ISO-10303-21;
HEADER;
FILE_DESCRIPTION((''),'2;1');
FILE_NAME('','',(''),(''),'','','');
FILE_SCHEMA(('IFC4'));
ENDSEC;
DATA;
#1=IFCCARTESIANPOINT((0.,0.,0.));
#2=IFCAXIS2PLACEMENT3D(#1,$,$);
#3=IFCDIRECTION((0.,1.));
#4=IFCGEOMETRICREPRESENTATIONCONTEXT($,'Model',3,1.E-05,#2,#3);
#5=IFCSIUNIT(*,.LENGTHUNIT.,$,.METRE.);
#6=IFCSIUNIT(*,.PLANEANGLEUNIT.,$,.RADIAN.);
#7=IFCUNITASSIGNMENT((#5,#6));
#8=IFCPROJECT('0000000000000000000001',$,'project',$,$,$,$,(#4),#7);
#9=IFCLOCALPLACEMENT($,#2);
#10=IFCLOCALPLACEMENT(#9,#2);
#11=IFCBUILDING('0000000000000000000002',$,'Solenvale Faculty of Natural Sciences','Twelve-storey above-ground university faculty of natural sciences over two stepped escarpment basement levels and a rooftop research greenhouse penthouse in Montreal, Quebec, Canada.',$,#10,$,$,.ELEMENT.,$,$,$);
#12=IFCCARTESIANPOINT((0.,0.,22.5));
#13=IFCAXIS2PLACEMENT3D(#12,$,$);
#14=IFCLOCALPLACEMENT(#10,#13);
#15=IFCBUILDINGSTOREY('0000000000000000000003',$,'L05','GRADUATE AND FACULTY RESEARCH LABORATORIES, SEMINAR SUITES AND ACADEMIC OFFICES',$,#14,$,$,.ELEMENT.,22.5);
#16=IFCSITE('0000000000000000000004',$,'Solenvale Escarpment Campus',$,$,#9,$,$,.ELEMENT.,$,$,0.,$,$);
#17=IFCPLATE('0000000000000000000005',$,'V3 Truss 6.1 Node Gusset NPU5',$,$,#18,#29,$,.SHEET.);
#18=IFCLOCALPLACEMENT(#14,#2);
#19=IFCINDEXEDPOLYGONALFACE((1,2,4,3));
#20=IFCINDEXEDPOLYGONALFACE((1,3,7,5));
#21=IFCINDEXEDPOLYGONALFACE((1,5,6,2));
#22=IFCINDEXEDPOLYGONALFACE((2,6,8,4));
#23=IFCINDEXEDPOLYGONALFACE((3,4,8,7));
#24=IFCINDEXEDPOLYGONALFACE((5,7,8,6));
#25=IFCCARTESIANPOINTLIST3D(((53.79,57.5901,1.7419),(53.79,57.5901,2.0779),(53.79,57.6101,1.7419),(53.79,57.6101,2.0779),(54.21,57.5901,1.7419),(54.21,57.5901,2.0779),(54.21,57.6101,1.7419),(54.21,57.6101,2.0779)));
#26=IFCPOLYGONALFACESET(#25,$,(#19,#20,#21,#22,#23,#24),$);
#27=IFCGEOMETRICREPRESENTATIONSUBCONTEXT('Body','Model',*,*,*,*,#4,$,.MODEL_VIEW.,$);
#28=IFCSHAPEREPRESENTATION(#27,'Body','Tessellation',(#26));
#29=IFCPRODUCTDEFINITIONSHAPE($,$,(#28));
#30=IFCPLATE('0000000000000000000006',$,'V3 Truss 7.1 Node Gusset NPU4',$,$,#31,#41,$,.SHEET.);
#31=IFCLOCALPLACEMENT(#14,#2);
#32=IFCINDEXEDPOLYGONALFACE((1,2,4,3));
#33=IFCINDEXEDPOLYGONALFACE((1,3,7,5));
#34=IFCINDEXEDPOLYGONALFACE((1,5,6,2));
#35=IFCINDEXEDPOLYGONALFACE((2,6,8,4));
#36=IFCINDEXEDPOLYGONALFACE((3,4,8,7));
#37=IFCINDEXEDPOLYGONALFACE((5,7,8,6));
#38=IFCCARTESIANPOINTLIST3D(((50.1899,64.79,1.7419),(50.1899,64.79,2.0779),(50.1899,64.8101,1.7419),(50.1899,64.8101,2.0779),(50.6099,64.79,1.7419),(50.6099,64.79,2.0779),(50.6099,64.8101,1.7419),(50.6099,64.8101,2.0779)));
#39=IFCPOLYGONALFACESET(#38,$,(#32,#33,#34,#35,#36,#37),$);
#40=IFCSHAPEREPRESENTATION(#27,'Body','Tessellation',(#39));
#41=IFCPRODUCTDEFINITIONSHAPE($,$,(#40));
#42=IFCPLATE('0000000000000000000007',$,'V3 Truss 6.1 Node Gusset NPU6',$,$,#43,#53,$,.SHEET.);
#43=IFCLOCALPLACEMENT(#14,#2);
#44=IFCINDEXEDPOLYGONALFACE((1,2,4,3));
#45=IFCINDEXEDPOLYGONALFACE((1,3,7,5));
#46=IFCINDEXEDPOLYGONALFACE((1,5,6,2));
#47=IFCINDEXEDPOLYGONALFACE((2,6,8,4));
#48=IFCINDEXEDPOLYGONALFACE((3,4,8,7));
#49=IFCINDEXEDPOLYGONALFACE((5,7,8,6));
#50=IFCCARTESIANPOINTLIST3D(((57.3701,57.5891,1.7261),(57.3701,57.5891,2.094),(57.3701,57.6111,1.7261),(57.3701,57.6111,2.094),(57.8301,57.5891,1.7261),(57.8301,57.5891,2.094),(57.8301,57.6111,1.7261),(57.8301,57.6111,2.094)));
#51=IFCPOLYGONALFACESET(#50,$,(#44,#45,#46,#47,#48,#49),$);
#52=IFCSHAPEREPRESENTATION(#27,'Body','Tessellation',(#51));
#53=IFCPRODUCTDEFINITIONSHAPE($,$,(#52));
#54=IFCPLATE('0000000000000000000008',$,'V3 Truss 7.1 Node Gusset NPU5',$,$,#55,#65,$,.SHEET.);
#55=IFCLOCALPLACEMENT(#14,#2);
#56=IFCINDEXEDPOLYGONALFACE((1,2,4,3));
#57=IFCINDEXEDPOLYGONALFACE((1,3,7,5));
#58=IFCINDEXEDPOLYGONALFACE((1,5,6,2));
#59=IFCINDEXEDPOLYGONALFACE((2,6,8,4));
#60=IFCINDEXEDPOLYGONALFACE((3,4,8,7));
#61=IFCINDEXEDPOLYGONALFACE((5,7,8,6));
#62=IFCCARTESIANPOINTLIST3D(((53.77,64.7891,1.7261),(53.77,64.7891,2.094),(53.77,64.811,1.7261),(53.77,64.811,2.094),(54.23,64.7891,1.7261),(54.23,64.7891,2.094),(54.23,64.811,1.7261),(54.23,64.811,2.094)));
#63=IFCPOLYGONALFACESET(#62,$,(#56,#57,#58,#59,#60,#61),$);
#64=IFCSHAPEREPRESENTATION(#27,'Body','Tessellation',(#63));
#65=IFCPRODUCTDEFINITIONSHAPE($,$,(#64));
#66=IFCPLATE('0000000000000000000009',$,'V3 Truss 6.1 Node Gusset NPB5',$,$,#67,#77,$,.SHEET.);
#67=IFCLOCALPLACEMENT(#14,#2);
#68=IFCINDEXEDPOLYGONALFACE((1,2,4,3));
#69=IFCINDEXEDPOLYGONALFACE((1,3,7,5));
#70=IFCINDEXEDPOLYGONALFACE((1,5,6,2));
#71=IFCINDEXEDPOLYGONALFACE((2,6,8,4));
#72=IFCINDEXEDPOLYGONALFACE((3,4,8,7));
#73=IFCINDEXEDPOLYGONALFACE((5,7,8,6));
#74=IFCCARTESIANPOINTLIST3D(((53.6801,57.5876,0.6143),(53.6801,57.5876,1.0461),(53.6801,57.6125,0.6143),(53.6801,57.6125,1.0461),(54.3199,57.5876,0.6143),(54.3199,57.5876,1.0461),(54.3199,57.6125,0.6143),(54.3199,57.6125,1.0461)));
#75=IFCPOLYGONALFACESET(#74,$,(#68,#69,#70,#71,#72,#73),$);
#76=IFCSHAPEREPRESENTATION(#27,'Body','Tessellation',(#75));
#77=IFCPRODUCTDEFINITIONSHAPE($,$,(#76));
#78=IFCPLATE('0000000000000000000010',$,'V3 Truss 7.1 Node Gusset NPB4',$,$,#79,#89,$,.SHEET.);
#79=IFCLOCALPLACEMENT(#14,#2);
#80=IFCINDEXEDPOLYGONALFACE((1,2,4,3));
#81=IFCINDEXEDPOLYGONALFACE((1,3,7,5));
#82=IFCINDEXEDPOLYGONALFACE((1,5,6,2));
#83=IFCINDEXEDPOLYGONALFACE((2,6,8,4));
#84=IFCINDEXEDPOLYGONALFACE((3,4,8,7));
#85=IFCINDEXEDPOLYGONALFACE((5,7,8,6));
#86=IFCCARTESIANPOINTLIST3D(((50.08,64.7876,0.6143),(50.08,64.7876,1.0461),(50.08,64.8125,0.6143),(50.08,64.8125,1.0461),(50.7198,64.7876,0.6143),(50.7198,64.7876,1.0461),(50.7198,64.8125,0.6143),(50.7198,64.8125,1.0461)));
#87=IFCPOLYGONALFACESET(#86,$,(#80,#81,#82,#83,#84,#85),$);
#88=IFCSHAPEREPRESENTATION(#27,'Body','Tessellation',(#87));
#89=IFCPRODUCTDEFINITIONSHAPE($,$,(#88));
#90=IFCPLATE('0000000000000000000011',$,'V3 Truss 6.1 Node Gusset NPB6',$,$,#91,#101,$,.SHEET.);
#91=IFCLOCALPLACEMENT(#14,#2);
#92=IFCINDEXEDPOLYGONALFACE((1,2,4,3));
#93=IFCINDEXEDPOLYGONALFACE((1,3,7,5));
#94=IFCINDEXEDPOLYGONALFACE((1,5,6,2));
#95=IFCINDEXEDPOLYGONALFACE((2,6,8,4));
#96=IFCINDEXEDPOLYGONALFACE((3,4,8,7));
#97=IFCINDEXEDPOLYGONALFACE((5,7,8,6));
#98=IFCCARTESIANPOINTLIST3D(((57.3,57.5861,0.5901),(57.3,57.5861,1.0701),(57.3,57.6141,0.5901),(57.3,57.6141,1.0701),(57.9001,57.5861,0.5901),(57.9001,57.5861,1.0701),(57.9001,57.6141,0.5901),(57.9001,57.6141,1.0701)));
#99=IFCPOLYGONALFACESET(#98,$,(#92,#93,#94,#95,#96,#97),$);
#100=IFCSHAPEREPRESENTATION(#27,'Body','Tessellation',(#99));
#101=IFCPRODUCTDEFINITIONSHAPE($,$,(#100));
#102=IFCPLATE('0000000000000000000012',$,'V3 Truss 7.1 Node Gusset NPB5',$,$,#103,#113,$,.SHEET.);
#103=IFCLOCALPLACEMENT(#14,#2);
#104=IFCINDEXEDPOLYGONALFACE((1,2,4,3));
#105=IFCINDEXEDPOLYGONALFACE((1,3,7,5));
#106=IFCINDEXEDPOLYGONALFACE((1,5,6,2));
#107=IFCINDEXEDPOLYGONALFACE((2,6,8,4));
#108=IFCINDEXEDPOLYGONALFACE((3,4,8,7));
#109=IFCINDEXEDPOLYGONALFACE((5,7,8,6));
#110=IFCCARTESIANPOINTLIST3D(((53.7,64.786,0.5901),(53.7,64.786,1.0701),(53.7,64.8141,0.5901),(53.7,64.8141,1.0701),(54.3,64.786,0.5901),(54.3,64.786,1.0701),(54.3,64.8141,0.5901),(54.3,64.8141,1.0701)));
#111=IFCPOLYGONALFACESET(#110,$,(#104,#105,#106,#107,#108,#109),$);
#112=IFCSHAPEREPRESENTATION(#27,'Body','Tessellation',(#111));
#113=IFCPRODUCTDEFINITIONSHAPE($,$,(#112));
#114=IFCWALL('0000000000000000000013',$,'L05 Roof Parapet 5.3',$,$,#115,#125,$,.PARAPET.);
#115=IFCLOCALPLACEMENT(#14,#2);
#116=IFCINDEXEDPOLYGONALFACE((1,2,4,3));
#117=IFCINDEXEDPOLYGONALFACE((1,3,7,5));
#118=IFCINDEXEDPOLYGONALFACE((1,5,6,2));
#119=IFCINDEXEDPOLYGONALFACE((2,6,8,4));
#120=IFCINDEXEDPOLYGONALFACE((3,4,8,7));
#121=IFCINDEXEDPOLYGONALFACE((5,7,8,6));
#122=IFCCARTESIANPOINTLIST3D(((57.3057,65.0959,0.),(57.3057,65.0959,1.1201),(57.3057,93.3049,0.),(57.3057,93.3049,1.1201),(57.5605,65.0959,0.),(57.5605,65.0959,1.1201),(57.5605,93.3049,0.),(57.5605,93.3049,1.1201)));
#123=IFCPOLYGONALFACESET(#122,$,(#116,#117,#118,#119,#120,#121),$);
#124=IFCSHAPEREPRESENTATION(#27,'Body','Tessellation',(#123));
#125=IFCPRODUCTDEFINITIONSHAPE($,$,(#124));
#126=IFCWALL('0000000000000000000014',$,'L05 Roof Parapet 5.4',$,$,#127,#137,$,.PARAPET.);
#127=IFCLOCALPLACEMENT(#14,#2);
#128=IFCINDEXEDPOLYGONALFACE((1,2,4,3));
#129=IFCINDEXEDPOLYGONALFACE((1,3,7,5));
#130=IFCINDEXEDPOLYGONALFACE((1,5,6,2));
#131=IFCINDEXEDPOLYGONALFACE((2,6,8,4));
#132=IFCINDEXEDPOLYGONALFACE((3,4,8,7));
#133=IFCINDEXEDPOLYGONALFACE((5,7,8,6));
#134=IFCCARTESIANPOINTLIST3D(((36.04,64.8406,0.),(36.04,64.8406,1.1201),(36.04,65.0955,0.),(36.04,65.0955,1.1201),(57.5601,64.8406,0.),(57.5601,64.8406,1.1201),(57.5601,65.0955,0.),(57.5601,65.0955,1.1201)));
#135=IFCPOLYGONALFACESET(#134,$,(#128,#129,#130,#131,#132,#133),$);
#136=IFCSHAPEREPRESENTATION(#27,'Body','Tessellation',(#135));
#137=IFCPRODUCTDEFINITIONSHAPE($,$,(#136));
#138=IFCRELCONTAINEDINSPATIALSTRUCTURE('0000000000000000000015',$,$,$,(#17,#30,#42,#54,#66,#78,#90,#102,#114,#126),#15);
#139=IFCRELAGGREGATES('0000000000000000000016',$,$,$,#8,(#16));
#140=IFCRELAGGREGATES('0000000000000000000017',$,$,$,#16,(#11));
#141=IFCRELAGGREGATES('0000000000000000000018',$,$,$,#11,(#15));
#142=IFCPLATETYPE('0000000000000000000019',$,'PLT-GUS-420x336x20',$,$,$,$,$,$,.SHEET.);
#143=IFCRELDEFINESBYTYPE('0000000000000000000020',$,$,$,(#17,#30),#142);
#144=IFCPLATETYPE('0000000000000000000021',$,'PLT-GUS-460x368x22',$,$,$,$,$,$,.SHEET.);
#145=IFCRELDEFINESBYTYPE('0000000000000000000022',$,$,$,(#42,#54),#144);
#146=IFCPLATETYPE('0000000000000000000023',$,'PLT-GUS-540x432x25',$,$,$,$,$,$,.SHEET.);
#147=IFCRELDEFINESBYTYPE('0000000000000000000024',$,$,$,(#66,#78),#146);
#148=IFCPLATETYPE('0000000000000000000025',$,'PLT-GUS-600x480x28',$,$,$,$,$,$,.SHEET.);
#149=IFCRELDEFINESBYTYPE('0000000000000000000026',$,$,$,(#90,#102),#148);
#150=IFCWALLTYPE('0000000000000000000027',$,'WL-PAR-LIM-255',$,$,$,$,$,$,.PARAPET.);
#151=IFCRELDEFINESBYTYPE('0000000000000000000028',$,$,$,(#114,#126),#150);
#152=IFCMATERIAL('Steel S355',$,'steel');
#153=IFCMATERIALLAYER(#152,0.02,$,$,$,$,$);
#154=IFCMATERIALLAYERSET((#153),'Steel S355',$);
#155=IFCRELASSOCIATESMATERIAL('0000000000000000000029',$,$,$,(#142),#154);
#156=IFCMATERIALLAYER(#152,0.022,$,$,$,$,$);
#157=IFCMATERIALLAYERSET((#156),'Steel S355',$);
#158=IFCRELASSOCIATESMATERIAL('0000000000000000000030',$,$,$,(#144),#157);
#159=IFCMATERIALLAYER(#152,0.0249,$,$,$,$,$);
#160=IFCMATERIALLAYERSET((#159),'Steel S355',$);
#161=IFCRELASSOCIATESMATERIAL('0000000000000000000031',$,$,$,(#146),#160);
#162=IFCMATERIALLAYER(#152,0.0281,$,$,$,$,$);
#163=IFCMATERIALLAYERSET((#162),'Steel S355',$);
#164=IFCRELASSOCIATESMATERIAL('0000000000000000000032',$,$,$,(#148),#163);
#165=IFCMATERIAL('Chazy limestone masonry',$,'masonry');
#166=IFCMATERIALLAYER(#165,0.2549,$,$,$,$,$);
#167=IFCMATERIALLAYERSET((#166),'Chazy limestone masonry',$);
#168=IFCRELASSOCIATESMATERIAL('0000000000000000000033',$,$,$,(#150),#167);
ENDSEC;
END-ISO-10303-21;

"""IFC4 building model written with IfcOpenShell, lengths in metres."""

from ifc_helpers import new_model, si_unit, direction, frame, frame_2d, origin, origin_2d, place, context, subcontext, project, spatial, rectangle, extrude, material, layer, layer_set, type_object, element, save


model = new_model("IFC4")

# Units and contexts
model_context = context("Model", 3, precision=1e-05, world=origin(), true_north=direction((0.0, 1.0)))
body_context = subcontext(model_context, "Body", "Model", "MODEL_VIEW")
ifc_project = project(units=[si_unit("LENGTHUNIT", "METRE"), si_unit("PLANEANGLEUNIT", "RADIAN")], contexts=[model_context])

# Site, building, storey
site_placement = place(None, origin())
site = spatial("IfcSite", under=ifc_project, at=site_placement, Name="Solenvale Escarpment Campus", CompositionType="ELEMENT", RefElevation=0.0)
building_placement = place(site_placement, origin())
building = spatial("IfcBuilding", under=site, at=building_placement, Name="Solenvale Faculty of Natural Sciences", Description="Twelve-storey above-ground university faculty of natural sciences over two stepped escarpment basement levels and a rooftop research greenhouse penthouse in Montreal, Quebec, Canada.", CompositionType="ELEMENT")
storey_placement = place(building_placement, frame((0.0, 0.0, 22.5)))
storey = spatial("IfcBuildingStorey", under=building, at=storey_placement, Name="L05", Description="GRADUATE AND FACULTY RESEARCH LABORATORIES, SEMINAR SUITES AND ACADEMIC OFFICES", CompositionType="ELEMENT", Elevation=22.5)

# Shared definitions
ifc_material_1 = material(Name="Steel S355", Category="steel")

# Plates
ifc_layer_1 = layer(ifc_material_1, 0.02)
ifc_layer_set_1 = layer_set([ifc_layer_1], Name="Steel S355")
plate_type_1 = type_object("IfcPlateType", Name="PLT-GUS-420x336x20", PredefinedType="SHEET", material=ifc_layer_set_1)
for number, where, z_axis, x_axis, name in (
    (1, (54.0, 57.6001, 1.7419), (0.0, 0.0, 1.0), (1.0, 0.0, 0.0), "V3 Truss 6.1 Node Gusset NPU5"),
    (2, (50.3999, 64.8, 1.7419), (0.0, 0.0, 1.0), (1.0, 0.0, 0.0), "V3 Truss 7.1 Node Gusset NPU4"),
):
    element("IfcPlate", number, at=place(storey_placement, frame(where, z_axis=z_axis, x_axis=x_axis)), inside=storey, type_object=plate_type_1, Name=name, PredefinedType="SHEET", context=body_context, shape_type="SweptSolid", body=[
        extrude(rectangle(XDim=0.4199, YDim=0.02, at=origin_2d()), origin(), (0.0, 0.0, 1.0), 0.3359),
    ])
ifc_layer_2 = layer(ifc_material_1, 0.022)
ifc_layer_set_2 = layer_set([ifc_layer_2], Name="Steel S355")
plate_type_2 = type_object("IfcPlateType", Name="PLT-GUS-460x368x22", PredefinedType="SHEET", material=ifc_layer_set_2)
for number, where, z_axis, x_axis, name in (
    (3, (57.6001, 57.6001, 1.7261), (0.0, 0.0, 1.0), (1.0, 0.0, 0.0), "V3 Truss 6.1 Node Gusset NPU6"),
    (4, (54.0, 64.8, 1.7261), (0.0, 0.0, 1.0), (1.0, 0.0, 0.0), "V3 Truss 7.1 Node Gusset NPU5"),
):
    element("IfcPlate", number, at=place(storey_placement, frame(where, z_axis=z_axis, x_axis=x_axis)), inside=storey, type_object=plate_type_2, Name=name, PredefinedType="SHEET", context=body_context, shape_type="SweptSolid", body=[
        extrude(rectangle(XDim=0.46, YDim=0.022, at=origin_2d()), origin(), (0.0, 0.0, 1.0), 0.3679),
    ])
ifc_layer_3 = layer(ifc_material_1, 0.0249)
ifc_layer_set_3 = layer_set([ifc_layer_3], Name="Steel S355")
plate_type_3 = type_object("IfcPlateType", Name="PLT-GUS-540x432x25", PredefinedType="SHEET", material=ifc_layer_set_3)
for number, where, z_axis, x_axis, name in (
    (5, (54.0, 57.6001, 0.6143), (0.0, 0.0, 1.0), (1.0, 0.0, 0.0), "V3 Truss 6.1 Node Gusset NPB5"),
    (6, (50.3999, 64.8, 0.6143), (0.0, 0.0, 1.0), (1.0, 0.0, 0.0), "V3 Truss 7.1 Node Gusset NPB4"),
):
    element("IfcPlate", number, at=place(storey_placement, frame(where, z_axis=z_axis, x_axis=x_axis)), inside=storey, type_object=plate_type_3, Name=name, PredefinedType="SHEET", context=body_context, shape_type="SweptSolid", body=[
        extrude(rectangle(XDim=0.6399, YDim=0.0249, at=origin_2d()), origin(), (0.0, 0.0, 1.0), 0.4319),
    ])
ifc_layer_4 = layer(ifc_material_1, 0.0281)
ifc_layer_set_4 = layer_set([ifc_layer_4], Name="Steel S355")
plate_type_4 = type_object("IfcPlateType", Name="PLT-GUS-600x480x28", PredefinedType="SHEET", material=ifc_layer_set_4)
for number, where, z_axis, x_axis, name in (
    (7, (57.6001, 57.6001, 0.5901), (0.0, 0.0, 1.0), (1.0, 0.0, 0.0), "V3 Truss 6.1 Node Gusset NPB6"),
    (8, (54.0, 64.8, 0.5901), (0.0, 0.0, 1.0), (1.0, 0.0, 0.0), "V3 Truss 7.1 Node Gusset NPB5"),
):
    element("IfcPlate", number, at=place(storey_placement, frame(where, z_axis=z_axis, x_axis=x_axis)), inside=storey, type_object=plate_type_4, Name=name, PredefinedType="SHEET", context=body_context, shape_type="SweptSolid", body=[
        extrude(rectangle(XDim=0.6001, YDim=0.0281, at=origin_2d()), origin(), (0.0, 0.0, 1.0), 0.48),
    ])

# Walls
ifc_material_2 = material(Name="Chazy limestone masonry", Category="masonry")
ifc_layer_5 = layer(ifc_material_2, 0.2549)
ifc_layer_set_5 = layer_set([ifc_layer_5], Name="Chazy limestone masonry")
wall_type = type_object("IfcWallType", Name="WL-PAR-LIM-255", PredefinedType="PARAPET", material=ifc_layer_set_5)
wall_1_placement = place(storey_placement, frame((57.4331, 93.3049, 0.0), z_axis=(0.0, 0.0, 1.0), x_axis=(0.0, -1.0, 0.0)))
element("IfcWall", 9, at=wall_1_placement, inside=storey, type_object=wall_type, Name="L05 Roof Parapet 5.3", PredefinedType="PARAPET", context=body_context, shape_type="SweptSolid", body=[
    extrude(rectangle(XDim=28.209, YDim=0.2549, at=frame_2d((14.1045, 0.0))), origin(), (0.0, 0.0, 1.0), 1.1201),
])
wall_2_placement = place(storey_placement, frame((57.5601, 64.968, 0.0), z_axis=(0.0, 0.0, 1.0), x_axis=(-1.0, 0.0, 0.0)))
element("IfcWall", 10, at=wall_2_placement, inside=storey, type_object=wall_type, Name="L05 Roof Parapet 5.4", PredefinedType="PARAPET", context=body_context, shape_type="SweptSolid", body=[
    extrude(rectangle(XDim=21.52, YDim=0.2549, at=frame_2d((10.76, 0.0))), origin(), (0.0, 0.0, 1.0), 1.1201),
])

save(model, "model.ifc")
